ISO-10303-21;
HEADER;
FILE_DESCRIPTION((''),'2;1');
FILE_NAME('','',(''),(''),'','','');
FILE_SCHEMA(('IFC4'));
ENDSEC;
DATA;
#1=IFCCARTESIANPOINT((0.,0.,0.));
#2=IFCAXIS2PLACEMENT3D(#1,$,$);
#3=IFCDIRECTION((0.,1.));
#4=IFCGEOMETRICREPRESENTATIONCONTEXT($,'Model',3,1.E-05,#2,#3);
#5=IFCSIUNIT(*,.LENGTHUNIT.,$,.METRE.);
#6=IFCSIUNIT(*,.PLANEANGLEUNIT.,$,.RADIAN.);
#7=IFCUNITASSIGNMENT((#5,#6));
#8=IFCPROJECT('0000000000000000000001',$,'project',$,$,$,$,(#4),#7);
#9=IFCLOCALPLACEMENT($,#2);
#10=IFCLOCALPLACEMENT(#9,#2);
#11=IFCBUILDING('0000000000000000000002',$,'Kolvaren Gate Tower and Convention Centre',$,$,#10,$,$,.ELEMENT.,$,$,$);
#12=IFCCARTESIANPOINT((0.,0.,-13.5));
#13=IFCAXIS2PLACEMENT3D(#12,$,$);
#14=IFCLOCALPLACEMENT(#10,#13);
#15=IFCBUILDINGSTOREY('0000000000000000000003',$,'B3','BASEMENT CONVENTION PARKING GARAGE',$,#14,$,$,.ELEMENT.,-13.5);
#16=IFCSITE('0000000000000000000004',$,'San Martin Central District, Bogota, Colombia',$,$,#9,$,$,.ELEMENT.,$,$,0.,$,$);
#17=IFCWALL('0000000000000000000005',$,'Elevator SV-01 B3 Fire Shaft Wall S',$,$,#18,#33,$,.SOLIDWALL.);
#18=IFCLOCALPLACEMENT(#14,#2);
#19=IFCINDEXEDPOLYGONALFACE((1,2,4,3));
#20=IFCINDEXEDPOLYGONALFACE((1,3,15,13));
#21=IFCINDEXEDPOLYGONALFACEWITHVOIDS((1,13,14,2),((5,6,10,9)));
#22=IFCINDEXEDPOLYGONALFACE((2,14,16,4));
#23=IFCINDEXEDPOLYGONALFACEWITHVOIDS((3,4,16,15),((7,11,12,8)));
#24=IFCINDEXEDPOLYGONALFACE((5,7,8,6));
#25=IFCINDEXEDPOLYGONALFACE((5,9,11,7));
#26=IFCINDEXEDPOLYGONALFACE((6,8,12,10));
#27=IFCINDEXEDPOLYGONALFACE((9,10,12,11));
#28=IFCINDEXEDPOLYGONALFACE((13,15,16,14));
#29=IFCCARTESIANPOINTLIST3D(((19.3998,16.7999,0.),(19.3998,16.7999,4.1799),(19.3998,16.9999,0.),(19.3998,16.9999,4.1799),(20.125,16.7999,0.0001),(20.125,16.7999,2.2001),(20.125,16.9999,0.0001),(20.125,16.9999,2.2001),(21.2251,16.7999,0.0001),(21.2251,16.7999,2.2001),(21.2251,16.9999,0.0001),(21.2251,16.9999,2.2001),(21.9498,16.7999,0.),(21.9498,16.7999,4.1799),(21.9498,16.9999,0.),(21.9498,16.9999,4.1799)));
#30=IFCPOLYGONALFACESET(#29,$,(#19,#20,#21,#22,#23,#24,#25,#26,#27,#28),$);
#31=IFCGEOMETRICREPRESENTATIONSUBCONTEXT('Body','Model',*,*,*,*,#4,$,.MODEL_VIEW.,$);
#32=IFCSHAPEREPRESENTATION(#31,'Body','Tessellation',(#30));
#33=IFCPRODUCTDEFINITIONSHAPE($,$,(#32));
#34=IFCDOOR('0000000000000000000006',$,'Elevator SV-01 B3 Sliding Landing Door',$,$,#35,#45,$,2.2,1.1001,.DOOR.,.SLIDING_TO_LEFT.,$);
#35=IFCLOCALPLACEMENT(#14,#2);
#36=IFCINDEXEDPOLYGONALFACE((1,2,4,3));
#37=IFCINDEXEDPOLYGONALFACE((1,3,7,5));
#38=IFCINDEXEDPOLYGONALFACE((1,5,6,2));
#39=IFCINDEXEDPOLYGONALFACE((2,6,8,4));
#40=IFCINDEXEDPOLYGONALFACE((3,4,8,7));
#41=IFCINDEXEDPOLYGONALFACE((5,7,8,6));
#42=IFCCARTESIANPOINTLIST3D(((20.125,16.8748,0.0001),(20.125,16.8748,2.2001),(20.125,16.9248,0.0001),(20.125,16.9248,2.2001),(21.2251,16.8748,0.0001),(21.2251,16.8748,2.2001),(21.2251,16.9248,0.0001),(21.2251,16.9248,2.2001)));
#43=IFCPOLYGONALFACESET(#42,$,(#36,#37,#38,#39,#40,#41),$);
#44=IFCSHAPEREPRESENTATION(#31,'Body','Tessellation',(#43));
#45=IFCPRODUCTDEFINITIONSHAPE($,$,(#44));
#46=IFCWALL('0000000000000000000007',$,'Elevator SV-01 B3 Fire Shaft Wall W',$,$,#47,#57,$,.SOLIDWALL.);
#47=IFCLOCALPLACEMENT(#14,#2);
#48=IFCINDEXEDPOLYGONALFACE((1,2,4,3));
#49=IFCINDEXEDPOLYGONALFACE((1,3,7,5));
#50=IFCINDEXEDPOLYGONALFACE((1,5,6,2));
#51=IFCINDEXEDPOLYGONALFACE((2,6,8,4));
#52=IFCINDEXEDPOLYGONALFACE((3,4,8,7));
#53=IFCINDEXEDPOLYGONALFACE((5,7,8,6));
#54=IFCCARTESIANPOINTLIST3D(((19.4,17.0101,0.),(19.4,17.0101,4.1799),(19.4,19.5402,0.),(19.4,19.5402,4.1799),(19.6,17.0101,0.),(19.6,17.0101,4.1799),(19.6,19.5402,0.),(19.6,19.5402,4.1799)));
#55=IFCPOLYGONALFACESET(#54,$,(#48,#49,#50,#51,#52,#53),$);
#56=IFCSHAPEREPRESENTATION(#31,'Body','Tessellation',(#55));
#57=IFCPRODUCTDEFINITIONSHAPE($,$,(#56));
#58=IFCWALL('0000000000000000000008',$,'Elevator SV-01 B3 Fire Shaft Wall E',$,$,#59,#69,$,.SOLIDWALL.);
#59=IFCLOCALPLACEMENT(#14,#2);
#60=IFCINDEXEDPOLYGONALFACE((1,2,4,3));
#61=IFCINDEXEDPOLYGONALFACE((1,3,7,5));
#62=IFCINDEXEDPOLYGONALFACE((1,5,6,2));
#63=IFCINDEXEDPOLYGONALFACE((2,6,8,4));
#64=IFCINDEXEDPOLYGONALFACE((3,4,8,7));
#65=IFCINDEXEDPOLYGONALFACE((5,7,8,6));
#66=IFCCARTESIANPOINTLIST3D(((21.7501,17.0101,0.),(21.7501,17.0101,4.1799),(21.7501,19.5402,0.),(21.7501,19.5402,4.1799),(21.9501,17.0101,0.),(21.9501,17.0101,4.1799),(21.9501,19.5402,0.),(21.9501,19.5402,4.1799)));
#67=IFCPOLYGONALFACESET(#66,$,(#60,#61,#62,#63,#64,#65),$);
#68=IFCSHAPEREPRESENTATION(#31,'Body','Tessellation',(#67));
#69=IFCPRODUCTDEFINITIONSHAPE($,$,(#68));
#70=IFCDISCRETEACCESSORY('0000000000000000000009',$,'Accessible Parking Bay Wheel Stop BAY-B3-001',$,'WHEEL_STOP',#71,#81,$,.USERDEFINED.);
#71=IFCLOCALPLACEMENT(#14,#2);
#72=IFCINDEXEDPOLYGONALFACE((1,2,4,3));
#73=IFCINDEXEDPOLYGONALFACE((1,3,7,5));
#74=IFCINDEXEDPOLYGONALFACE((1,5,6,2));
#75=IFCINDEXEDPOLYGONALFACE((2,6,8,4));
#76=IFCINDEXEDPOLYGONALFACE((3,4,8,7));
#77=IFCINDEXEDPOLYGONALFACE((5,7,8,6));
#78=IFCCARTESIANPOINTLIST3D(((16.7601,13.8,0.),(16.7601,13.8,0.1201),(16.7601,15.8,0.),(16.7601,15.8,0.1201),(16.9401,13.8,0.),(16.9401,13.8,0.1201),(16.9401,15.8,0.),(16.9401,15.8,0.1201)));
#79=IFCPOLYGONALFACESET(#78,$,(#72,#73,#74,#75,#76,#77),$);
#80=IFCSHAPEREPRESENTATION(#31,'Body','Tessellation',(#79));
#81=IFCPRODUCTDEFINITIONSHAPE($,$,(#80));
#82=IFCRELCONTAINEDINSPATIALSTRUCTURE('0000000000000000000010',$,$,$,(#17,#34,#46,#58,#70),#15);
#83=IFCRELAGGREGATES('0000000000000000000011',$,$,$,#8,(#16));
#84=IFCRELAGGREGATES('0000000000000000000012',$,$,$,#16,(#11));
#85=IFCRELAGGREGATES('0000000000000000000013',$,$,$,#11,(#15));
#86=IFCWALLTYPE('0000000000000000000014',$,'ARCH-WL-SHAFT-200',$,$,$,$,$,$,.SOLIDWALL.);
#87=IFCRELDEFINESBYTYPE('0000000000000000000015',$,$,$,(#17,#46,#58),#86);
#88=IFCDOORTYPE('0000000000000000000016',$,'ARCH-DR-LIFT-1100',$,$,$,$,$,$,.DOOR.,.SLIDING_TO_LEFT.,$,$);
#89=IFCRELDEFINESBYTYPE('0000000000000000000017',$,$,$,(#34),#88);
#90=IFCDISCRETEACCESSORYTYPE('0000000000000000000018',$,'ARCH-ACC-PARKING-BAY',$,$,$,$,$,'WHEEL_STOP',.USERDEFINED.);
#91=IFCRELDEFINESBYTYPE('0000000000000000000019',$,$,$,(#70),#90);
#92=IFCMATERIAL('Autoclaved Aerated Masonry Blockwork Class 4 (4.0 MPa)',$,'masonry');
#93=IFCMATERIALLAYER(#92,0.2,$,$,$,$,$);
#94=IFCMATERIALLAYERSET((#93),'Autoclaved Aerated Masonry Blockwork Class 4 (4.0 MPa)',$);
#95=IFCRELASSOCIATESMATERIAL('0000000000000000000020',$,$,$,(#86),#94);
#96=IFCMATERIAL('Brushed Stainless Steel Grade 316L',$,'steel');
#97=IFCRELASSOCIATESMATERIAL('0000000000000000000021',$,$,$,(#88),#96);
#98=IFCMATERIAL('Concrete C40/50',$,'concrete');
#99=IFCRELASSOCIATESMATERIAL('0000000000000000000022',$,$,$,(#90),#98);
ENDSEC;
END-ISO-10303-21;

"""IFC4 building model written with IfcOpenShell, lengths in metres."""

from ifc_helpers import new_model, si_unit, direction, frame, frame_2d, origin, origin_2d, place, context, subcontext, project, spatial, rectangle, extrude, material, layer, layer_set, type_object, element, fill, save


model = new_model("IFC4")

# Units and contexts
model_context = context("Model", 3, precision=1e-05, world=origin(), true_north=direction((0.0, 1.0)))
body_context = subcontext(model_context, "Body", "Model", "MODEL_VIEW")
ifc_project = project(units=[si_unit("LENGTHUNIT", "METRE"), si_unit("PLANEANGLEUNIT", "RADIAN")], contexts=[model_context])

# Site, building, storey
site_placement = place(None, origin())
site = spatial("IfcSite", under=ifc_project, at=site_placement, Name="San Martin Central District, Bogota, Colombia", CompositionType="ELEMENT", RefElevation=0.0)
building_placement = place(site_placement, origin())
building = spatial("IfcBuilding", under=site, at=building_placement, Name="Kolvaren Gate Tower and Convention Centre", CompositionType="ELEMENT")
storey_placement = place(building_placement, frame((0.0, 0.0, -13.5)))
storey = spatial("IfcBuildingStorey", under=building, at=storey_placement, Name="B3", Description="BASEMENT CONVENTION PARKING GARAGE", CompositionType="ELEMENT", Elevation=-13.5)

# Wall, opening, door
ifc_material_1 = material(Name="Autoclaved Aerated Masonry Blockwork Class 4 (4.0 MPa)", Category="masonry")
ifc_layer_1 = layer(ifc_material_1, 0.2)
ifc_layer_set_1 = layer_set([ifc_layer_1], Name="Autoclaved Aerated Masonry Blockwork Class 4 (4.0 MPa)")
wall_type_1 = type_object("IfcWallType", Name="ARCH-WL-SHAFT-200", PredefinedType="SOLIDWALL", material=ifc_layer_set_1)
wall_1_placement = place(storey_placement, frame((19.3999, 16.8999, 0.0), z_axis=(0.0, 0.0, 1.0), x_axis=(1.0, 0.0, 0.0)))
wall_1 = element("IfcWall", 1, at=wall_1_placement, inside=storey, type_object=wall_type_1, Name="Elevator SV-01 B3 Fire Shaft Wall S", PredefinedType="SOLIDWALL", context=body_context, shape_type="SweptSolid", body=[
    extrude(rectangle(XDim=2.55, YDim=0.2, at=frame_2d((1.2749, 0.0))), origin(), (0.0, 0.0, 1.0), 4.1799),
])
opening_placement = place(wall_1_placement, frame((0.7251, 0.0, 0.0)))
opening = element("IfcOpeningElement", 2, at=opening_placement, cuts=wall_1, PredefinedType="OPENING", context=body_context, shape_type="SweptSolid", body=[
    extrude(rectangle(XDim=1.1001, YDim=2.2, at=frame_2d((0.55, 1.1001))), frame((0.0, 0.1099, 0.0), z_axis=(0.0, -1.0, 0.0), x_axis=(1.0, 0.0, 0.0)), (0.0, 0.0, 1.0), 0.22),
])
ifc_material_2 = material(Name="Brushed Stainless Steel Grade 316L", Category="steel")
door_type = type_object("IfcDoorType", Name="ARCH-DR-LIFT-1100", OperationType="SLIDING_TO_LEFT", PredefinedType="DOOR", material=ifc_material_2)
door_placement = place(opening_placement, origin())
door = element("IfcDoor", 3, at=door_placement, inside=storey, type_object=door_type, Name="Elevator SV-01 B3 Sliding Landing Door", OperationType="SLIDING_TO_LEFT", OverallHeight=2.2, OverallWidth=1.1001, PredefinedType="DOOR", context=body_context, shape_type="SweptSolid", body=[
    extrude(rectangle(XDim=1.1001, YDim=2.2, at=frame_2d((0.55, 1.1001))), frame((0.0, 0.0249, 0.0), z_axis=(0.0, -1.0, 0.0), x_axis=(1.0, 0.0, 0.0)), (0.0, 0.0, 1.0), 0.05),
])
fill(opening, door)

# Walls
for number, where, z_axis, x_axis, name in (
    (4, (19.5, 17.01, 0.0), (0.0, 0.0, 1.0), (0.0, 1.0, 0.0), "Elevator SV-01 B3 Fire Shaft Wall W"),
    (5, (21.8501, 17.01, 0.0), (0.0, 0.0, 1.0), (0.0, 1.0, 0.0), "Elevator SV-01 B3 Fire Shaft Wall E"),
):
    element("IfcWall", number, at=place(storey_placement, frame(where, z_axis=z_axis, x_axis=x_axis)), inside=storey, type_object=wall_type_1, Name=name, PredefinedType="SOLIDWALL", context=body_context, shape_type="SweptSolid", body=[
        extrude(rectangle(XDim=2.53, YDim=0.2, at=frame_2d((1.2651, 0.0))), origin(), (0.0, 0.0, 1.0), 4.1799),
    ])

# Discrete accessory
ifc_material_3 = material(Name="Concrete C40/50", Category="concrete")
discrete_accessory_type = type_object("IfcDiscreteAccessoryType", Name="ARCH-ACC-PARKING-BAY", ElementType="WHEEL_STOP", PredefinedType="USERDEFINED", material=ifc_material_3)
discrete_accessory_placement = place(storey_placement, frame((16.8501, 14.8, 0.0), z_axis=(0.0, 0.0, 1.0), x_axis=(0.0, 1.0, 0.0)))
element("IfcDiscreteAccessory", 6, at=discrete_accessory_placement, inside=storey, type_object=discrete_accessory_type, Name="Accessible Parking Bay Wheel Stop BAY-B3-001", ObjectType="WHEEL_STOP", PredefinedType="USERDEFINED", context=body_context, shape_type="SweptSolid", body=[
    extrude(rectangle(XDim=2.0, YDim=0.1799, at=origin_2d()), origin(), (0.0, 0.0, 1.0), 0.1201),
])

save(model, "model.ifc")
